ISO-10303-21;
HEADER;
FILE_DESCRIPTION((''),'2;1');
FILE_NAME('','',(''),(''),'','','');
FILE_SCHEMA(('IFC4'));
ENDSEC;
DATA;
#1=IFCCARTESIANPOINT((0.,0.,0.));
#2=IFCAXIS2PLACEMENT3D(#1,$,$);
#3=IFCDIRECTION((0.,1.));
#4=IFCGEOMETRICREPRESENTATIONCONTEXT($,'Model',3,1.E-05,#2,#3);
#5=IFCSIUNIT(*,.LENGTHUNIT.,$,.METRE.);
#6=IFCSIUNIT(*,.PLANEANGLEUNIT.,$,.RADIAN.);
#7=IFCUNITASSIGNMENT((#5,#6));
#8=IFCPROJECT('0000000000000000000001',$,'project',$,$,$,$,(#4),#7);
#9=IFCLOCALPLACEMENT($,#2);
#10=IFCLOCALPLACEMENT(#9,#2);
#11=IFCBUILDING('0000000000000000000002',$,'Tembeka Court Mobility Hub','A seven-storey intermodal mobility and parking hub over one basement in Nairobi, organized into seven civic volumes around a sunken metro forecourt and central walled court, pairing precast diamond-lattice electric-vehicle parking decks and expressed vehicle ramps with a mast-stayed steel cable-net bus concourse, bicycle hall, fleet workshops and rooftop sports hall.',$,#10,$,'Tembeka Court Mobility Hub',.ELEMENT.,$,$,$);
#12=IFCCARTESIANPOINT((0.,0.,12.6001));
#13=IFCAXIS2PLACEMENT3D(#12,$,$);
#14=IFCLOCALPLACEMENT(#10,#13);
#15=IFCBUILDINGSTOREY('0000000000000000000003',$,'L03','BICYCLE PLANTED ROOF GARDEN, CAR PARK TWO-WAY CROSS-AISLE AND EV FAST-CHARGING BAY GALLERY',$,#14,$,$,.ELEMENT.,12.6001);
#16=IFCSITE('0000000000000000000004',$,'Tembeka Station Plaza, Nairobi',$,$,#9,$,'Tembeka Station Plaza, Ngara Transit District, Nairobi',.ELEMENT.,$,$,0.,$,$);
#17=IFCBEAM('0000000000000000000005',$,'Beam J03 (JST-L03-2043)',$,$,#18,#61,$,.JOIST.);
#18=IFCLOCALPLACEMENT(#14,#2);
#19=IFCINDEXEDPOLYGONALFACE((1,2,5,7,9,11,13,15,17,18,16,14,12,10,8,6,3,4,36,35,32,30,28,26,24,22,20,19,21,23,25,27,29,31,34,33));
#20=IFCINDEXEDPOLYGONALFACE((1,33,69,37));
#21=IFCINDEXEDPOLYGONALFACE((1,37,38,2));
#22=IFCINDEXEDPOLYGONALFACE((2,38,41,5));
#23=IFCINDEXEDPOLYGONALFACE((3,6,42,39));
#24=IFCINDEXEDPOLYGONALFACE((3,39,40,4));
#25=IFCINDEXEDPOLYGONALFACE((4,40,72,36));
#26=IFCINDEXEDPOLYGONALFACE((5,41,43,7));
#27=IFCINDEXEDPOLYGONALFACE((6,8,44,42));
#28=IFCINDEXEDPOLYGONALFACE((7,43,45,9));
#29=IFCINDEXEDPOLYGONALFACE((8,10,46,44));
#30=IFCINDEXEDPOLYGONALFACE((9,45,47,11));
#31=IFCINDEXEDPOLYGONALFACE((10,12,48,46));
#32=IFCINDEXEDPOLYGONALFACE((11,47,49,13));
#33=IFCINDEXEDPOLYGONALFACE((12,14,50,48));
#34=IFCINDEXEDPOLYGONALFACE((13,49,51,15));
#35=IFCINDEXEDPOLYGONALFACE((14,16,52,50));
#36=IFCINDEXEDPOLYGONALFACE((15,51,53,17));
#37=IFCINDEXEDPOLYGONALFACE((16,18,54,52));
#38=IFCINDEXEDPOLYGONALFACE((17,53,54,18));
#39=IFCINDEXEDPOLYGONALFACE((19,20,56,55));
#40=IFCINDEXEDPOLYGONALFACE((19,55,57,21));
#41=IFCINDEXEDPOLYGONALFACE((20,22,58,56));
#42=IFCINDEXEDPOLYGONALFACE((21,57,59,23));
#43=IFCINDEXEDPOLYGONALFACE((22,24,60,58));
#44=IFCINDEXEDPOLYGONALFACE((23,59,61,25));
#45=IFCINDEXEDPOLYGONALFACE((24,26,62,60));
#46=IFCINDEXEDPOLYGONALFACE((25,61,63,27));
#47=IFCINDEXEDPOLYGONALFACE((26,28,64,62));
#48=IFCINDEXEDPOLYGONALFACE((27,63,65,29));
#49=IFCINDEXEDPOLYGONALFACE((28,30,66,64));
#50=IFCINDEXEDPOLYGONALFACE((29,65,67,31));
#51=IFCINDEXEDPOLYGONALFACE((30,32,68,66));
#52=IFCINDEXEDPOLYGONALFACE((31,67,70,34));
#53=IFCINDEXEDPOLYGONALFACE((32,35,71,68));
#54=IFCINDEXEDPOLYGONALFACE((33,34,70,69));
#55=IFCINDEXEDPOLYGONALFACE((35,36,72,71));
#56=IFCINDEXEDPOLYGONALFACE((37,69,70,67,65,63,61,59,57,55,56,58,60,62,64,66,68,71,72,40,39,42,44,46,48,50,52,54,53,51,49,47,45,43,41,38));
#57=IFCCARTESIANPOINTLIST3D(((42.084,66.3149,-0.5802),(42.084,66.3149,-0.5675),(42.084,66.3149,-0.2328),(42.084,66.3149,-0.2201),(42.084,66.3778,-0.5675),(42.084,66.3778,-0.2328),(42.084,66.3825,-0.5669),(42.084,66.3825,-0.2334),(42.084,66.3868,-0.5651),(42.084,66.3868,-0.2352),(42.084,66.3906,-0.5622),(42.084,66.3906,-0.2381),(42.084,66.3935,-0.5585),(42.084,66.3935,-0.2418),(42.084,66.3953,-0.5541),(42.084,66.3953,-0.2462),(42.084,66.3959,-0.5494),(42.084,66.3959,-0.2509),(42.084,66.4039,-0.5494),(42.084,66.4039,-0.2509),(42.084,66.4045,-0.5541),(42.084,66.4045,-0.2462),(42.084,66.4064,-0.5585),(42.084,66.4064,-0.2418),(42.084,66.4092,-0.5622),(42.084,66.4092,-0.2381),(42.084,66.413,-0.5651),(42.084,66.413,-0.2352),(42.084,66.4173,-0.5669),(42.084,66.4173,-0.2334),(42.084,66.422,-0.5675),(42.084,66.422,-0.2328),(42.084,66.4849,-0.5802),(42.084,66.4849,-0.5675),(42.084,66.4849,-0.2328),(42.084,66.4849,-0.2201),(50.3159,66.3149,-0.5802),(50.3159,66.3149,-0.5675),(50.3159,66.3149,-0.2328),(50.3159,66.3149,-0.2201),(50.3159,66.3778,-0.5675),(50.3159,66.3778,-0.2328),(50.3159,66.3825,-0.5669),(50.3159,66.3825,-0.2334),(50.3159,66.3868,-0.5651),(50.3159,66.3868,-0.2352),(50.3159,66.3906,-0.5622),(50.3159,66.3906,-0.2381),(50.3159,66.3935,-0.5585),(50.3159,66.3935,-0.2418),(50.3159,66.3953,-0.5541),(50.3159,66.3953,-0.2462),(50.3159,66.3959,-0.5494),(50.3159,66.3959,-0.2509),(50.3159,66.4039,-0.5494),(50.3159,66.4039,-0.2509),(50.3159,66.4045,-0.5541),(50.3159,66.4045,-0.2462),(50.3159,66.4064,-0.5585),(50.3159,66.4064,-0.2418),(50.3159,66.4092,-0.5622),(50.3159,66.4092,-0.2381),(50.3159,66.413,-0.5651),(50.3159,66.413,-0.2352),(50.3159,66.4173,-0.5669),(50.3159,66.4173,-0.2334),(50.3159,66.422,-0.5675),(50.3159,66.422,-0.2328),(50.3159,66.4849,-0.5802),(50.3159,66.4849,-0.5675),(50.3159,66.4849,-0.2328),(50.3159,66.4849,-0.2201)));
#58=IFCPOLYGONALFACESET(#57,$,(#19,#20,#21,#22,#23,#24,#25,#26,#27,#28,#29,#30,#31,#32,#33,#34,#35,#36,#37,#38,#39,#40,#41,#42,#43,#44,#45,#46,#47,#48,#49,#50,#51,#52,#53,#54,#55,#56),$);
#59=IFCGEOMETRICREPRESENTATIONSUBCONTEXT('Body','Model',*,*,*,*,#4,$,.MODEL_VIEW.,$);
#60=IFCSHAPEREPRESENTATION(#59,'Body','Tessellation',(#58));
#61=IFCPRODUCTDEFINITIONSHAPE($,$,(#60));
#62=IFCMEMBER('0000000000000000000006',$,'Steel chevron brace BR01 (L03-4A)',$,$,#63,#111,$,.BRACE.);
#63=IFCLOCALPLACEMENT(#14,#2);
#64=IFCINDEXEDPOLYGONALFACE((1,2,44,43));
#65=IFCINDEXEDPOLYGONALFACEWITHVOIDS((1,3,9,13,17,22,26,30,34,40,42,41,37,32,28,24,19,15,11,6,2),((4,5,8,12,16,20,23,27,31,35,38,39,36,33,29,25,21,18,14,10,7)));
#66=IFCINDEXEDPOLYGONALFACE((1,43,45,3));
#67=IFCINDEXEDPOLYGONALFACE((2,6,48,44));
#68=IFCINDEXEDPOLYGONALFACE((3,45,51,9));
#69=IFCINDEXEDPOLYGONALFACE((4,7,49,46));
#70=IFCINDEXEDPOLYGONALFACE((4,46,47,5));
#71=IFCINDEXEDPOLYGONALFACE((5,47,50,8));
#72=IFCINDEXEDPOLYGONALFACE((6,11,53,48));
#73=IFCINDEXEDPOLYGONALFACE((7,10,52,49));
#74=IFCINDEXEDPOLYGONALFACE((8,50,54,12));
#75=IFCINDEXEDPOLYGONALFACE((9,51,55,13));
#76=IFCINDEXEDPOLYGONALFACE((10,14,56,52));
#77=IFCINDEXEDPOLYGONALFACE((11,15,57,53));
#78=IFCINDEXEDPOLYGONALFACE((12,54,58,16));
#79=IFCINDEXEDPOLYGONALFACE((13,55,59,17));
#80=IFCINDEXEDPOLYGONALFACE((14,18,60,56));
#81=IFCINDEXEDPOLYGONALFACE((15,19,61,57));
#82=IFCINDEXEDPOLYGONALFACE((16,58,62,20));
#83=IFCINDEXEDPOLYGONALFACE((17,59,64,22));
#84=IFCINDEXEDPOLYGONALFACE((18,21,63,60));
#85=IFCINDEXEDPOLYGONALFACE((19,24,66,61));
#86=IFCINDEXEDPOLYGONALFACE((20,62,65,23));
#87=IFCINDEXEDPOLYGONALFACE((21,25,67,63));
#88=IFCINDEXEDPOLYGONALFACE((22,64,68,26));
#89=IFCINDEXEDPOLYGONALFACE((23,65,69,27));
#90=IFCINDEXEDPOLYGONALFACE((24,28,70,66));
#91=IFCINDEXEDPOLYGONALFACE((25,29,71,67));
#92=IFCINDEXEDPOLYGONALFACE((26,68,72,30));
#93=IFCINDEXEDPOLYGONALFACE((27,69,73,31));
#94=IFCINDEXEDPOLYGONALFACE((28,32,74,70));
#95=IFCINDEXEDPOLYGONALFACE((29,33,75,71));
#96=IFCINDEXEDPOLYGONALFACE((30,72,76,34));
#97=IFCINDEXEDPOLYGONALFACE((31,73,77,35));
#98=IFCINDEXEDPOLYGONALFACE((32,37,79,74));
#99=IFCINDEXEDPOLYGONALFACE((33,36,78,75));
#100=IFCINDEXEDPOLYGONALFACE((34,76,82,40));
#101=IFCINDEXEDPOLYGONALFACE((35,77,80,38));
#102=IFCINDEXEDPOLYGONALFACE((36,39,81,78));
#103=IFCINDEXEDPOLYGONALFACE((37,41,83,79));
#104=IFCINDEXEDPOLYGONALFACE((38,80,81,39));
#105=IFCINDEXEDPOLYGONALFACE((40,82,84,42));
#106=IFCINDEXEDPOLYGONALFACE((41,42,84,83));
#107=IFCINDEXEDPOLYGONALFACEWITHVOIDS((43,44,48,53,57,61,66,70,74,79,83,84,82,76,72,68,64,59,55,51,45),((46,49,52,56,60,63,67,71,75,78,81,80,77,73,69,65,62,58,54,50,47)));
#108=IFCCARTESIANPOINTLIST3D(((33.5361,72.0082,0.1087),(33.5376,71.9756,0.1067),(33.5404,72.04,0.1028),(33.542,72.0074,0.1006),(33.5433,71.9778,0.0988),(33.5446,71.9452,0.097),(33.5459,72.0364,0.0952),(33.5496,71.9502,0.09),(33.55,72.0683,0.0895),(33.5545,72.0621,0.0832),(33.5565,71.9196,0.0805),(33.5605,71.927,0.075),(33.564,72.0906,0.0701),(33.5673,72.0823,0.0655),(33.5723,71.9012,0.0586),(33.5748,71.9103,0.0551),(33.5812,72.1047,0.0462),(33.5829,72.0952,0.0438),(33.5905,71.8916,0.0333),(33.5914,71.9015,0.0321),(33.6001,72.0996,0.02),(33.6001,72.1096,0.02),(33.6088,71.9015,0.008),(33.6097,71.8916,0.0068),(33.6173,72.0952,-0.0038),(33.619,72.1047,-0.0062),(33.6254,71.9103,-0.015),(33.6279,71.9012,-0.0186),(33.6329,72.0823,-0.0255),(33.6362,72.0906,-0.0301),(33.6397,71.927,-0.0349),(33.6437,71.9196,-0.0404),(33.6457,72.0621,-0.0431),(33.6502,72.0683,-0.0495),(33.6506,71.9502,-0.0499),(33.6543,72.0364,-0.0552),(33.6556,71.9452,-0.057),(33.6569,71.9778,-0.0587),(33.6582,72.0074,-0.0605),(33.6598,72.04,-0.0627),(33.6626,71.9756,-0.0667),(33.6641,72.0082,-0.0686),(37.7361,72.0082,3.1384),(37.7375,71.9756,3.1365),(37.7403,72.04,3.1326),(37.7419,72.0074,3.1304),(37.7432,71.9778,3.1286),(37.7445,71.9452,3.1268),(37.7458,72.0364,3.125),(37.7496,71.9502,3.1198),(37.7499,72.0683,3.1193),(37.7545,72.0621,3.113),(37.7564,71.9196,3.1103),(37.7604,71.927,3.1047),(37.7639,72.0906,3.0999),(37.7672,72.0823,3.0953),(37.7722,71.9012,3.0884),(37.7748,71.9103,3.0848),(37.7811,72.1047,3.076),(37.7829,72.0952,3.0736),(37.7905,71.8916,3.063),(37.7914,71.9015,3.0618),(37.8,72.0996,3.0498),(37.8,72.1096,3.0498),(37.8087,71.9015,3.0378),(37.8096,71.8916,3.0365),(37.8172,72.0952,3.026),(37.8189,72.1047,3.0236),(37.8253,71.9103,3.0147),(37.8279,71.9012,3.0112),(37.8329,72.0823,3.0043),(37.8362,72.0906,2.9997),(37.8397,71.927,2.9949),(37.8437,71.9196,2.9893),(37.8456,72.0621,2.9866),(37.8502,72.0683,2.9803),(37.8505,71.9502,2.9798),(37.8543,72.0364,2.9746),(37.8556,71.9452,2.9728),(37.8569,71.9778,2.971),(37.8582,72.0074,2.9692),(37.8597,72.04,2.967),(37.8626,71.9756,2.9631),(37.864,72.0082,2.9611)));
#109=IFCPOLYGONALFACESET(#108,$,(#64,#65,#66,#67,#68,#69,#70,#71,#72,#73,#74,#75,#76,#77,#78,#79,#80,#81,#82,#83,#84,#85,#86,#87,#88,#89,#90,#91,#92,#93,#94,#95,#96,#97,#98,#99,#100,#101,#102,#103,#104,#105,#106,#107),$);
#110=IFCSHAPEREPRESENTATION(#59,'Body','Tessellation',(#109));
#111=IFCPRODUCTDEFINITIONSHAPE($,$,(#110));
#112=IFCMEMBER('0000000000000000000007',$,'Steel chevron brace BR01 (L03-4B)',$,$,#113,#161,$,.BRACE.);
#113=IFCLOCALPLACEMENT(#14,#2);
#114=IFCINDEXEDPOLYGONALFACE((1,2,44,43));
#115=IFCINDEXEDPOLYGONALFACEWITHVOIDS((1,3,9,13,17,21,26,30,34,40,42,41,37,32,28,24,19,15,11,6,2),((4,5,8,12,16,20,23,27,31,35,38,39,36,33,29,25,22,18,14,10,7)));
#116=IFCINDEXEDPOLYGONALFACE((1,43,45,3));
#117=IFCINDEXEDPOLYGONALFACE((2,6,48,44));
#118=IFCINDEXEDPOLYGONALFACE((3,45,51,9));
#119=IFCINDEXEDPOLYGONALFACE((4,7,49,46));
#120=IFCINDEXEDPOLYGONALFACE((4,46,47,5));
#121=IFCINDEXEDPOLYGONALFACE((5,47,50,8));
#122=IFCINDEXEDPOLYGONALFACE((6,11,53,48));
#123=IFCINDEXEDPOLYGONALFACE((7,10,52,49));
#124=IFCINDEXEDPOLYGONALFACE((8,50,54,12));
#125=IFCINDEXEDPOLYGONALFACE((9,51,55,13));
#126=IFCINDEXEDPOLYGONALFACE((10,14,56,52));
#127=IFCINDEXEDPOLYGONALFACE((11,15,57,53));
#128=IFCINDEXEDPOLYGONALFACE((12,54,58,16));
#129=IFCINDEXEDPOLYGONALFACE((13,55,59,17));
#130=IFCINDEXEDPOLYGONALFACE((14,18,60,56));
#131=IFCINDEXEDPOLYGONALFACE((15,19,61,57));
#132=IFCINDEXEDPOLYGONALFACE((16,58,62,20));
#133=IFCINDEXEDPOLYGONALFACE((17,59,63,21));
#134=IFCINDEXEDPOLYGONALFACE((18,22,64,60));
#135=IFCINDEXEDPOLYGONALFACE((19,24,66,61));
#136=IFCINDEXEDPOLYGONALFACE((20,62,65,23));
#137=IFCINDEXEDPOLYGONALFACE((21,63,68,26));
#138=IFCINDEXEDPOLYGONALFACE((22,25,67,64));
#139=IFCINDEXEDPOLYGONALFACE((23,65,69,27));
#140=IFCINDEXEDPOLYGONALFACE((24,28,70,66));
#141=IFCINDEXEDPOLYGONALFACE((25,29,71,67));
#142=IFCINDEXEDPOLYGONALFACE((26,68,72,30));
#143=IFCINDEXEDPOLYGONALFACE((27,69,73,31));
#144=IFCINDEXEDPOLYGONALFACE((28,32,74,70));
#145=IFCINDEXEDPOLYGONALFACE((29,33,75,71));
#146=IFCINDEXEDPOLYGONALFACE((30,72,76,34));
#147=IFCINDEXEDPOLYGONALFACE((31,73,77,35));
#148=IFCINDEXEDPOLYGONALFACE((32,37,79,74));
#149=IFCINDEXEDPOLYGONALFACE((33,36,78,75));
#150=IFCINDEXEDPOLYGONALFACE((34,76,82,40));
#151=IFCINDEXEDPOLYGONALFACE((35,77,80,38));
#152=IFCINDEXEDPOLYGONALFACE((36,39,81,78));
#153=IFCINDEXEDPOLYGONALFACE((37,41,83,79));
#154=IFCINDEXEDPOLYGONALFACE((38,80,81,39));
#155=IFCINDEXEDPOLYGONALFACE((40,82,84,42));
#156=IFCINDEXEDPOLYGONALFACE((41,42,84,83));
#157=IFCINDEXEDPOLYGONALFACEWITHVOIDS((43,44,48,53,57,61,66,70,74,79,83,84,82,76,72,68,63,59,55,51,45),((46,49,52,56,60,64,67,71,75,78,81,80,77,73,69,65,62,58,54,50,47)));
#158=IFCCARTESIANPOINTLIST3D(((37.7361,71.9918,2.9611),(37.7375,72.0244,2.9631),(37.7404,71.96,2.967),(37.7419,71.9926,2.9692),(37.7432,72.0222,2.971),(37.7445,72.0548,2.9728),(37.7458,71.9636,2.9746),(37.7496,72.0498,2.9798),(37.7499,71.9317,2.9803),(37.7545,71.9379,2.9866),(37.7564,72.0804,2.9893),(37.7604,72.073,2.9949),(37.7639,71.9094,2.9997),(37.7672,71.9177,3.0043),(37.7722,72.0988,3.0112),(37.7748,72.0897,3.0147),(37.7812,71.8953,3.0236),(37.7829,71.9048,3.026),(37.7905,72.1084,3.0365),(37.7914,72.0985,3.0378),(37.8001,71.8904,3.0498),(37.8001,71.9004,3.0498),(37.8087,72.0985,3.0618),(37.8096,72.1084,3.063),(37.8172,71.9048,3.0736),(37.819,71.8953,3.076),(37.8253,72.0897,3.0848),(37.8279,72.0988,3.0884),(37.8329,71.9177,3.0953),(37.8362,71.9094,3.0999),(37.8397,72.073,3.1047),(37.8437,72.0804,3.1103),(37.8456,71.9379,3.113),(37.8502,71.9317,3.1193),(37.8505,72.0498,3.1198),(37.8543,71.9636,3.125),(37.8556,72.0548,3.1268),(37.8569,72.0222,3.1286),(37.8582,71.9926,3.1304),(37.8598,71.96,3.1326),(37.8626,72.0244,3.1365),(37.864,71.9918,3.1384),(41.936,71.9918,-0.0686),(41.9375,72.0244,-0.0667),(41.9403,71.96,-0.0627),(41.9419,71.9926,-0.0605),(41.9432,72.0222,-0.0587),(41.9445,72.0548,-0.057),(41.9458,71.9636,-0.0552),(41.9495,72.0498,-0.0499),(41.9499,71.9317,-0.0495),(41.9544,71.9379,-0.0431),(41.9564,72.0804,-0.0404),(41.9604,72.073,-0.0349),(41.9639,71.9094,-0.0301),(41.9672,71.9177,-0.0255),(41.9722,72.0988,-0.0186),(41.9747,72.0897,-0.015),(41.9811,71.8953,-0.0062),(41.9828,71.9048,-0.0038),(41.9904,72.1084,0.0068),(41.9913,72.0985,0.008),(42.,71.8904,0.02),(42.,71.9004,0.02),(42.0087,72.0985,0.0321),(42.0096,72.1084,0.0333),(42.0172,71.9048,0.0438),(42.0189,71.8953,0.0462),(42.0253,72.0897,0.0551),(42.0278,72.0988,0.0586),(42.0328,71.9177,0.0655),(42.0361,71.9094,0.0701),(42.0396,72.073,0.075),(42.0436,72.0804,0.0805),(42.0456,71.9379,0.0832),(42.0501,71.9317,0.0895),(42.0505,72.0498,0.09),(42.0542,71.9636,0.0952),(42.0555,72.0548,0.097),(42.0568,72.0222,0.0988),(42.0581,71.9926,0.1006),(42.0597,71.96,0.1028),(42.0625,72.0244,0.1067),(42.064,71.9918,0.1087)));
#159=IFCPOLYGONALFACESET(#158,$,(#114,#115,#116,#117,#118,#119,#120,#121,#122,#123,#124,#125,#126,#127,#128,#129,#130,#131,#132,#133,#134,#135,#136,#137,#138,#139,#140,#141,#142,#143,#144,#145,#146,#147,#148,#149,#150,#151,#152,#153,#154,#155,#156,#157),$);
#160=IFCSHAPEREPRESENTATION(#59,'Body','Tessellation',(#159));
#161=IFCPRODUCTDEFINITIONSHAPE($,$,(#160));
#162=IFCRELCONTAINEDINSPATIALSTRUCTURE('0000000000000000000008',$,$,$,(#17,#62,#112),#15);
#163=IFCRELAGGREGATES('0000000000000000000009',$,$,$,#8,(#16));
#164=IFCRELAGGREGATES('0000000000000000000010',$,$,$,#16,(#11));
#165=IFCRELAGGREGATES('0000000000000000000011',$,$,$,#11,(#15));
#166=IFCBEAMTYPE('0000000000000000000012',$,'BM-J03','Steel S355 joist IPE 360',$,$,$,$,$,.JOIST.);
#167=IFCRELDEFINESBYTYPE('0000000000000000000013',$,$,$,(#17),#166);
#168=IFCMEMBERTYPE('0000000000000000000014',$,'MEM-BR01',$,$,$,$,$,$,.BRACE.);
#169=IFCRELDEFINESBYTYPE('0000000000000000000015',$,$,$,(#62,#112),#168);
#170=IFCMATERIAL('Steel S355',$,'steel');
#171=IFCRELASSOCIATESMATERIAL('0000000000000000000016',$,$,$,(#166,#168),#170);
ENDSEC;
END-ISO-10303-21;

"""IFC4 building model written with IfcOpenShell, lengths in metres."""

from ifc_helpers import new_model, si_unit, direction, frame, origin, origin_2d, place, context, subcontext, project, spatial, hollow_circle, i_section, extrude, material, material_profile, profile_set, type_object, element, save


model = new_model("IFC4")

# Units and contexts
model_context = context("Model", 3, precision=1e-05, world=origin(), true_north=direction((0.0, 1.0)))
body_context = subcontext(model_context, "Body", "Model", "MODEL_VIEW")
ifc_project = project(units=[si_unit("LENGTHUNIT", "METRE"), si_unit("PLANEANGLEUNIT", "RADIAN")], contexts=[model_context])

# Site, building, storey
site_placement = place(None, origin())
site = spatial("IfcSite", under=ifc_project, at=site_placement, Name="Tembeka Station Plaza, Nairobi", LongName="Tembeka Station Plaza, Ngara Transit District, Nairobi", CompositionType="ELEMENT", RefElevation=0.0)
building_placement = place(site_placement, origin())
building = spatial("IfcBuilding", under=site, at=building_placement, Name="Tembeka Court Mobility Hub", Description="A seven-storey intermodal mobility and parking hub over one basement in Nairobi, organized into seven civic volumes around a sunken metro forecourt and central walled court, pairing precast diamond-lattice electric-vehicle parking decks and expressed vehicle ramps with a mast-stayed steel cable-net bus concourse, bicycle hall, fleet workshops and rooftop sports hall.", LongName="Tembeka Court Mobility Hub", CompositionType="ELEMENT")
storey_placement = place(building_placement, frame((0.0, 0.0, 12.6001)))
storey = spatial("IfcBuildingStorey", under=building, at=storey_placement, Name="L03", Description="BICYCLE PLANTED ROOF GARDEN, CAR PARK TWO-WAY CROSS-AISLE AND EV FAST-CHARGING BAY GALLERY", CompositionType="ELEMENT", Elevation=12.6001)

# Shared definitions
ifc_material = material(Name="Steel S355", Category="steel")

# Beam
ifc_material_profile_1 = material_profile(ifc_material, i_section(OverallWidth=0.1699, OverallDepth=0.3601, WebThickness=0.0081, FlangeThickness=0.0127, FilletRadius=0.0181, at=origin_2d()), Name="IPE 360")
ifc_profile_set_1 = profile_set([ifc_material_profile_1], Name="Steel S355")
beam_type_1 = type_object("IfcBeamType", Name="BM-J03", Description="Steel S355 joist IPE 360", PredefinedType="JOIST", material=ifc_profile_set_1)
for number, where, z_axis, x_axis, name in (
    (1, (42.084, 66.3999, -0.4001), (1.0, 0.0, 0.0), (0.0, 1.0, 0.0), "Beam J03 (JST-L03-2043)"),
):
    element("IfcBeam", number, at=place(storey_placement, frame(where, z_axis=z_axis, x_axis=x_axis)), inside=storey, type_object=beam_type_1, Name=name, PredefinedType="JOIST", context=body_context, shape_type="SweptSolid", body=[
        extrude(i_section(OverallWidth=0.1699, OverallDepth=0.3601, WebThickness=0.0081, FlangeThickness=0.0127, FilletRadius=0.0181, at=origin_2d()), origin(), (0.0, 0.0, 1.0), 8.2319),
    ])

# Members
ifc_material_profile_2 = material_profile(ifc_material, hollow_circle(Radius=0.1096, WallThickness=0.01, at=origin_2d()), Name="CHS 219.1x10")
ifc_profile_set_2 = profile_set([ifc_material_profile_2], Name="Steel S355")
member_type = type_object("IfcMemberType", Name="MEM-BR01", PredefinedType="BRACE", material=ifc_profile_set_2)
for number, where, z_axis, x_axis, name in (
    (2, (33.6001, 72.0, 0.02), (0.811001, 0.0, 0.585045), (0.0, 1.0, 0.0), "Steel chevron brace BR01 (L03-4A)"),
    (3, (42.0, 72.0, 0.02), (-0.811001, 0.0, 0.585045), (0.0, -1.0, 0.0), "Steel chevron brace BR01 (L03-4B)"),
):
    element("IfcMember", number, at=place(storey_placement, frame(where, z_axis=z_axis, x_axis=x_axis)), inside=storey, type_object=member_type, Name=name, PredefinedType="BRACE", context=body_context, shape_type="SweptSolid", body=[
        extrude(hollow_circle(Radius=0.1096, WallThickness=0.01, at=origin_2d()), origin(), (0.0, 0.0, 1.0), 5.1787),
    ])

save(model, "model.ifc")
